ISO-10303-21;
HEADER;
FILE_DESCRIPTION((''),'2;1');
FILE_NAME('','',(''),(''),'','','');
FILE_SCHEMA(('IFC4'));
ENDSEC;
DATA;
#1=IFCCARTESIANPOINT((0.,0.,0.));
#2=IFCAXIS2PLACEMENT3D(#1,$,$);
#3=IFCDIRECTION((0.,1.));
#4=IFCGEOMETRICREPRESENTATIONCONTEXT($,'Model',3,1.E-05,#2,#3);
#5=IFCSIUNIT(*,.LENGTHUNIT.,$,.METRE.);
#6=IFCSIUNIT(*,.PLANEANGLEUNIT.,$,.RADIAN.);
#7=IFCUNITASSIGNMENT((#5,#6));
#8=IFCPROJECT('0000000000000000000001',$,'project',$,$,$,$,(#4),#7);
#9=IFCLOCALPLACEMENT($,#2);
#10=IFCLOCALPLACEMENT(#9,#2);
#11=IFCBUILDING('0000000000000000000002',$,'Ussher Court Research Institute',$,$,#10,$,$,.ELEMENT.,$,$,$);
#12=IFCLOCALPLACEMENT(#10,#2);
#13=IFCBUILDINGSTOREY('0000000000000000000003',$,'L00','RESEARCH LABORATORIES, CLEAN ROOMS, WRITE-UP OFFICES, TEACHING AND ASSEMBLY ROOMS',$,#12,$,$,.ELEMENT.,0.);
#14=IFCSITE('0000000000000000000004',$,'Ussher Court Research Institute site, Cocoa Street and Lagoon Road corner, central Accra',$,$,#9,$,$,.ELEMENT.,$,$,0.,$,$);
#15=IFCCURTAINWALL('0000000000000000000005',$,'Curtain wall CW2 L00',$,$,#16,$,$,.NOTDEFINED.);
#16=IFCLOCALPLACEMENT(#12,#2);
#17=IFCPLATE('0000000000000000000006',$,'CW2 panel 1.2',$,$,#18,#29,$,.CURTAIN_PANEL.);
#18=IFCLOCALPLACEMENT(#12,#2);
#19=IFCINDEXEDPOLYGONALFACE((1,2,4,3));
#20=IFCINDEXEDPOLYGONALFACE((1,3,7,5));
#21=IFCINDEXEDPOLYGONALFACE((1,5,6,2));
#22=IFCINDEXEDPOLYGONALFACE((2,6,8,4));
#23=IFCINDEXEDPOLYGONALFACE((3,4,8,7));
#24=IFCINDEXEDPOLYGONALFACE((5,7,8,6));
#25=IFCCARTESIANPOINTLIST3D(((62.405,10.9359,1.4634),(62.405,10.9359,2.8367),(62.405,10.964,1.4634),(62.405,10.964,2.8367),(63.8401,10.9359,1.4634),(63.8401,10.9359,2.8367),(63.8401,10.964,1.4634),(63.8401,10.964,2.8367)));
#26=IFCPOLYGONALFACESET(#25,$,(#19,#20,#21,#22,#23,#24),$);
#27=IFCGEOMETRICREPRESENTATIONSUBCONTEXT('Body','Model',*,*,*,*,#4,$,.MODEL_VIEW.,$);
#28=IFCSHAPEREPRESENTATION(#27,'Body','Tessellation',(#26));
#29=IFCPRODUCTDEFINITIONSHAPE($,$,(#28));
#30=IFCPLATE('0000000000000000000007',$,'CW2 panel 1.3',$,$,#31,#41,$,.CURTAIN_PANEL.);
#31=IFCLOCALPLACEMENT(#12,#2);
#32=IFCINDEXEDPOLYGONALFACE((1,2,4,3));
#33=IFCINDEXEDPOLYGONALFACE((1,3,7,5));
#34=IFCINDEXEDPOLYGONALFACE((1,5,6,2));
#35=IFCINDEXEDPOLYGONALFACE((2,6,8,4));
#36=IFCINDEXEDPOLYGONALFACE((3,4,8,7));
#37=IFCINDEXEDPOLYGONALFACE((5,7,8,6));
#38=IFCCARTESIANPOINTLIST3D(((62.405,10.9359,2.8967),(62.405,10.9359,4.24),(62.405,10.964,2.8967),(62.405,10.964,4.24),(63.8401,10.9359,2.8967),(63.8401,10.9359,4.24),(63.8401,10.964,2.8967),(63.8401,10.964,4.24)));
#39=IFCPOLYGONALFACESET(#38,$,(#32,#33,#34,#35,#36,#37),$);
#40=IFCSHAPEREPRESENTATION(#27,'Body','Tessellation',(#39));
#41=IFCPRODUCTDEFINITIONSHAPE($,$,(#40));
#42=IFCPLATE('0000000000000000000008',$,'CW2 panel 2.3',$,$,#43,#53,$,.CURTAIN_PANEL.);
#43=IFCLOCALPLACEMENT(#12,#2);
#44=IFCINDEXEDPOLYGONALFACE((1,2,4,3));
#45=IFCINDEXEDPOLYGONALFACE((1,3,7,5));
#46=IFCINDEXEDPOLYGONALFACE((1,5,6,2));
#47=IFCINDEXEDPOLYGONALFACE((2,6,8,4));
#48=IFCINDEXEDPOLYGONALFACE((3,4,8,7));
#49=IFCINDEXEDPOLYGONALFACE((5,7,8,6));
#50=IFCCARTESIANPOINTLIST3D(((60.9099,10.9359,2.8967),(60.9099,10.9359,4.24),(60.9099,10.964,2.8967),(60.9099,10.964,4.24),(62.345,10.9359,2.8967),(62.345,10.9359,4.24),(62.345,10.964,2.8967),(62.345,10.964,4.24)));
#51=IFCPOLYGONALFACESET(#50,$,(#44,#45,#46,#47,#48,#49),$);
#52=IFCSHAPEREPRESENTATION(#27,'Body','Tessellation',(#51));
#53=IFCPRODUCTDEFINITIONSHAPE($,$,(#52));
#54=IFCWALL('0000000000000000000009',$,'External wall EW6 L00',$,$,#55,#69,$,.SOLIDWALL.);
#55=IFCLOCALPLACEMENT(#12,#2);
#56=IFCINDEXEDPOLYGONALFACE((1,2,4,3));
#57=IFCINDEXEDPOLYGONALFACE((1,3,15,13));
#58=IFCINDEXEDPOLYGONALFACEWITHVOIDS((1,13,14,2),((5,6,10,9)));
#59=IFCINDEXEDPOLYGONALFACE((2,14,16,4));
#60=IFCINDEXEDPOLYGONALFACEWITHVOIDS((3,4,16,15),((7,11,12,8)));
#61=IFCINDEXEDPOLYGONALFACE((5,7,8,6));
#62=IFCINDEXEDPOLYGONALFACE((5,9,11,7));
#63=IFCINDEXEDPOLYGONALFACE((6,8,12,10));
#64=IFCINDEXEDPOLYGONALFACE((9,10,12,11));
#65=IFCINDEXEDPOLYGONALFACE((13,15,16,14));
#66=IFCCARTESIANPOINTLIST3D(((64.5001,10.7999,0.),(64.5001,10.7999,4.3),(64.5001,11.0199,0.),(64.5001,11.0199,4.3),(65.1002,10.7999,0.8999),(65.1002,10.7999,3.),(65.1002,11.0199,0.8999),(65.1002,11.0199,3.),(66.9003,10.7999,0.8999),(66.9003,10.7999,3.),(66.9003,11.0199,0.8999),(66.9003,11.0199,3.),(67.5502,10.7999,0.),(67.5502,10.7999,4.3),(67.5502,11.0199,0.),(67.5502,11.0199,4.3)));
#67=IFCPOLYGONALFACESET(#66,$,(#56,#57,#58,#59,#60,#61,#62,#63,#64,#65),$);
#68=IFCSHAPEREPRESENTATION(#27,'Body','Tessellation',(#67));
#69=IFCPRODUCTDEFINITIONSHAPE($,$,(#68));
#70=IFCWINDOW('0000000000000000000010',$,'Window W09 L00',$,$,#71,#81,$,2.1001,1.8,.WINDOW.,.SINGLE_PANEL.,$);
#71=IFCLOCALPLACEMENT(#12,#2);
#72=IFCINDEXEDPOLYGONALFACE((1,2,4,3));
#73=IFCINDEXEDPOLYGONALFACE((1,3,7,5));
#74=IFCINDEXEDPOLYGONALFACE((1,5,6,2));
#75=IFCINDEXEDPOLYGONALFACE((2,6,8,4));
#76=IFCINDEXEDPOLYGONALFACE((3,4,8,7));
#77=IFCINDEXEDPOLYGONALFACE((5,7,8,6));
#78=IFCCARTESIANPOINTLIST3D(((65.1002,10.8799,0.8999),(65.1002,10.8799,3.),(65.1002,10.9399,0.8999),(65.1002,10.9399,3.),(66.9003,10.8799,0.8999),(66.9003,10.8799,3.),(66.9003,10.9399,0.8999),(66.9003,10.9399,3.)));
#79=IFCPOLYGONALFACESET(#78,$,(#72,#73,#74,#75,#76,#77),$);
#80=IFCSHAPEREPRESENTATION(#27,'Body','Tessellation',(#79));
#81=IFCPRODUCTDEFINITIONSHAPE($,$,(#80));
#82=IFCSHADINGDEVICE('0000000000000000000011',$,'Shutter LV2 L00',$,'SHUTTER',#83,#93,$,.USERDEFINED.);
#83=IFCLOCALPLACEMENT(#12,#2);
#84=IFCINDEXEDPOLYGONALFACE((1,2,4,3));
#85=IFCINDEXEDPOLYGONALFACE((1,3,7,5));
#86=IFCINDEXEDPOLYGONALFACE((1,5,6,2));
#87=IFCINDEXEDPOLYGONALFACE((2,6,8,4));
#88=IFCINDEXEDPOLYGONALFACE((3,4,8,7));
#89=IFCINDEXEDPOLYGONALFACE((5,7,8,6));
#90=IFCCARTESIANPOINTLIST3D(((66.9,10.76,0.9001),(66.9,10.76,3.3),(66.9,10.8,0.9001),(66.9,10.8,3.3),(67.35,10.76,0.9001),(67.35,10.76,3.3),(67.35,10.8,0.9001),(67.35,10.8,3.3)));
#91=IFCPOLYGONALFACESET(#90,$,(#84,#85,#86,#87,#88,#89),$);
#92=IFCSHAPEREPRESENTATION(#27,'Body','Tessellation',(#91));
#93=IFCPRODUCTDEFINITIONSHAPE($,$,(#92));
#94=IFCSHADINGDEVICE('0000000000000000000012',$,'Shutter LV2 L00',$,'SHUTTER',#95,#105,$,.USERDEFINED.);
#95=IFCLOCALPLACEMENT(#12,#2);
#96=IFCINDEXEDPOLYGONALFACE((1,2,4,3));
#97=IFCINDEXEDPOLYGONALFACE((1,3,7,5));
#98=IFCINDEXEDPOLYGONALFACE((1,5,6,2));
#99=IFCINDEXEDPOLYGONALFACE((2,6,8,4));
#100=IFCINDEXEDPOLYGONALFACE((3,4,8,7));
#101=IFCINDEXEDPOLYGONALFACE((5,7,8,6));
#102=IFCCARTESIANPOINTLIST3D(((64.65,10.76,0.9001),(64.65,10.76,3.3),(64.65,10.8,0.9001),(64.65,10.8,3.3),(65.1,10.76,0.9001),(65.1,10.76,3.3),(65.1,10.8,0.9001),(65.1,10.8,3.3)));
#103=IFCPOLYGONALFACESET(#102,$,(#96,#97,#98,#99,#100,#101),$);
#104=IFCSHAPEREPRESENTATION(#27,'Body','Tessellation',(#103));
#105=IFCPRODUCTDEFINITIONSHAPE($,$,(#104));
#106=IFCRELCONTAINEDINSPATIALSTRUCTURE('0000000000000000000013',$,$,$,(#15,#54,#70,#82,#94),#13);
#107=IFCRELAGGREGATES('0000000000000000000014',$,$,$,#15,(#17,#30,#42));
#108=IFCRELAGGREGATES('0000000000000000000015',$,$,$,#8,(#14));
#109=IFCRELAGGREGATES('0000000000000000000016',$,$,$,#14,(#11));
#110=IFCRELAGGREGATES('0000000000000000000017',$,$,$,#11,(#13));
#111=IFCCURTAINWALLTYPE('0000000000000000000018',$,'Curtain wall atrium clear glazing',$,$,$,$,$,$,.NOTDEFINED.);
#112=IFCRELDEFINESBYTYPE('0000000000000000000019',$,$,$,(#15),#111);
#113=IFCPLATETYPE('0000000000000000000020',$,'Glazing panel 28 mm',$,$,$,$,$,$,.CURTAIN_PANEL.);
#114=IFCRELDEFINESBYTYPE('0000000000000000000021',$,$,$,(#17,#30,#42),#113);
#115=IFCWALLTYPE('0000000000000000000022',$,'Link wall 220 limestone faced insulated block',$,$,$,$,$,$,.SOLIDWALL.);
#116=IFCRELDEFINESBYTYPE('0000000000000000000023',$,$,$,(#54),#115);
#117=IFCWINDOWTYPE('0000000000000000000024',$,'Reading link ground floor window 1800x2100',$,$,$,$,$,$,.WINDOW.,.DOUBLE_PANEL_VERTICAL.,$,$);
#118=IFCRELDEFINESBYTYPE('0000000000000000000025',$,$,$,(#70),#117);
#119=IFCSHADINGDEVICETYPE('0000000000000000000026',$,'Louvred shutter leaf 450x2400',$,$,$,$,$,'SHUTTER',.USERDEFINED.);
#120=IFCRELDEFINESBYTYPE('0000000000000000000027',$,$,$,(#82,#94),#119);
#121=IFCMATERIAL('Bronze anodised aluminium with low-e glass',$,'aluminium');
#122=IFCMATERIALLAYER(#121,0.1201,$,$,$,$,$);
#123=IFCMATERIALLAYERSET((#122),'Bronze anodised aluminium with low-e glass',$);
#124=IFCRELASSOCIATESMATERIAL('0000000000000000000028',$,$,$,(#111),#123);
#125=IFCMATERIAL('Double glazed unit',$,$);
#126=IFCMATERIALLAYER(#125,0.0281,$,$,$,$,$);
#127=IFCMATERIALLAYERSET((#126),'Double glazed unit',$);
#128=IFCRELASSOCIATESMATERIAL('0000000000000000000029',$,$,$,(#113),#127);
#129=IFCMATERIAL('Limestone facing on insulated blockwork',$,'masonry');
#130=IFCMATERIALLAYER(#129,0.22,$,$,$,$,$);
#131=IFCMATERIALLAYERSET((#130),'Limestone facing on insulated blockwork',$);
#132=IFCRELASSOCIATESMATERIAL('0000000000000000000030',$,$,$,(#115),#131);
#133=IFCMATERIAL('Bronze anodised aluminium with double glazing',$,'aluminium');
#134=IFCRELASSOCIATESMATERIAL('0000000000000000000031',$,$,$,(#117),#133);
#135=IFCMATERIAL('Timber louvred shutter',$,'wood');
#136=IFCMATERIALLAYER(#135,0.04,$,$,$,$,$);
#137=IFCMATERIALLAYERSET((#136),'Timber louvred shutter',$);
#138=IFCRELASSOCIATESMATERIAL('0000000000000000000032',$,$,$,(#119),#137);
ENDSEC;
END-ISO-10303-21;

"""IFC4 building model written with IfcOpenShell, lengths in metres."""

from ifc_helpers import new_model, si_unit, direction, frame, frame_2d, origin, origin_2d, place, context, subcontext, project, spatial, rectangle, extrude, material, layer, layer_set, type_object, element, fill, aggregate, save


model = new_model("IFC4")

# Units and contexts
model_context = context("Model", 3, precision=1e-05, world=origin(), true_north=direction((0.0, 1.0)))
body_context = subcontext(model_context, "Body", "Model", "MODEL_VIEW")
ifc_project = project(units=[si_unit("LENGTHUNIT", "METRE"), si_unit("PLANEANGLEUNIT", "RADIAN")], contexts=[model_context])

# Site, building, storey
site_placement = place(None, origin())
site = spatial("IfcSite", under=ifc_project, at=site_placement, Name="Ussher Court Research Institute site, Cocoa Street and Lagoon Road corner, central Accra", CompositionType="ELEMENT", RefElevation=0.0)
building_placement = place(site_placement, origin())
building = spatial("IfcBuilding", under=site, at=building_placement, Name="Ussher Court Research Institute", CompositionType="ELEMENT")
storey_placement = place(building_placement, origin())
storey = spatial("IfcBuildingStorey", under=building, at=storey_placement, Name="L00", Description="RESEARCH LABORATORIES, CLEAN ROOMS, WRITE-UP OFFICES, TEACHING AND ASSEMBLY ROOMS", CompositionType="ELEMENT", Elevation=0.0)

# Curtain wall, plates
ifc_material_1 = material(Name="Bronze anodised aluminium with low-e glass", Category="aluminium")
ifc_layer_1 = layer(ifc_material_1, 0.1201)
ifc_layer_set_1 = layer_set([ifc_layer_1], Name="Bronze anodised aluminium with low-e glass")
curtain_wall_type = type_object("IfcCurtainWallType", Name="Curtain wall atrium clear glazing", PredefinedType="NOTDEFINED", material=ifc_layer_set_1)
curtain_wall_placement = place(storey_placement, origin())
curtain_wall = element("IfcCurtainWall", 1, at=curtain_wall_placement, inside=storey, type_object=curtain_wall_type, Name="Curtain wall CW2 L00", PredefinedType="NOTDEFINED")
ifc_material_2 = material(Name="Double glazed unit")
ifc_layer_2 = layer(ifc_material_2, 0.0281)
ifc_layer_set_2 = layer_set([ifc_layer_2], Name="Double glazed unit")
plate_type = type_object("IfcPlateType", Name="Glazing panel 28 mm", PredefinedType="CURTAIN_PANEL", material=ifc_layer_set_2)
plate_1_placement = place(storey_placement, frame((63.1226, 10.95, 1.4634), z_axis=(0.0, 0.0, 1.0), x_axis=(-1.0, 0.0, 0.0)))
plate_1 = element("IfcPlate", 2, at=plate_1_placement, type_object=plate_type, Name="CW2 panel 1.2", PredefinedType="CURTAIN_PANEL", context=body_context, shape_type="SweptSolid", body=[
    extrude(rectangle(XDim=1.4351, YDim=0.0281, at=origin_2d()), origin(), (0.0, 0.0, 1.0), 1.3733),
])
plate_2_placement = place(storey_placement, frame((63.1226, 10.95, 2.8967), z_axis=(0.0, 0.0, 1.0), x_axis=(-1.0, 0.0, 0.0)))
plate_2 = element("IfcPlate", 3, at=plate_2_placement, type_object=plate_type, Name="CW2 panel 1.3", PredefinedType="CURTAIN_PANEL", context=body_context, shape_type="SweptSolid", body=[
    extrude(rectangle(XDim=1.4351, YDim=0.0281, at=origin_2d()), origin(), (0.0, 0.0, 1.0), 1.3433),
])
plate_3_placement = place(storey_placement, frame((61.6274, 10.95, 2.8967), z_axis=(0.0, 0.0, 1.0), x_axis=(-1.0, 0.0, 0.0)))
plate_3 = element("IfcPlate", 4, at=plate_3_placement, type_object=plate_type, Name="CW2 panel 2.3", PredefinedType="CURTAIN_PANEL", context=body_context, shape_type="SweptSolid", body=[
    extrude(rectangle(XDim=1.4351, YDim=0.0281, at=origin_2d()), origin(), (0.0, 0.0, 1.0), 1.3433),
])
aggregate(curtain_wall, [plate_1, plate_2, plate_3])

# Wall, opening, window
ifc_material_3 = material(Name="Limestone facing on insulated blockwork", Category="masonry")
ifc_layer_3 = layer(ifc_material_3, 0.22)
ifc_layer_set_3 = layer_set([ifc_layer_3], Name="Limestone facing on insulated blockwork")
wall_type = type_object("IfcWallType", Name="Link wall 220 limestone faced insulated block", PredefinedType="SOLIDWALL", material=ifc_layer_set_3)
wall_placement = place(storey_placement, frame((67.55, 10.9099, 0.0), z_axis=(0.0, 0.0, 1.0), x_axis=(-1.0, 0.0, 0.0)))
wall = element("IfcWall", 5, at=wall_placement, inside=storey, type_object=wall_type, Name="External wall EW6 L00", PredefinedType="SOLIDWALL", context=body_context, shape_type="SweptSolid", body=[
    extrude(rectangle(XDim=3.05, YDim=0.22, at=frame_2d((1.5249, 0.0))), origin(), (0.0, 0.0, 1.0), 4.3),
])
opening_placement = place(wall_placement, frame((0.6499, 0.0, 0.8999)))
opening = element("IfcOpeningElement", 6, at=opening_placement, cuts=wall, PredefinedType="OPENING", context=body_context, shape_type="SweptSolid", body=[
    extrude(rectangle(XDim=1.8, YDim=2.1001, at=frame_2d((0.8999, 1.05))), frame((0.0, 0.1201, 0.0), z_axis=(0.0, -1.0, 0.0), x_axis=(1.0, 0.0, 0.0)), (0.0, 0.0, 1.0), 0.24),
])
ifc_material_4 = material(Name="Bronze anodised aluminium with double glazing", Category="aluminium")
window_type = type_object("IfcWindowType", Name="Reading link ground floor window 1800x2100", PartitioningType="DOUBLE_PANEL_VERTICAL", PredefinedType="WINDOW", material=ifc_material_4)
window_placement = place(opening_placement, origin())
window = element("IfcWindow", 7, at=window_placement, inside=storey, type_object=window_type, Name="Window W09 L00", OverallHeight=2.1001, OverallWidth=1.8, PartitioningType="SINGLE_PANEL", PredefinedType="WINDOW", context=body_context, shape_type="SweptSolid", body=[
    extrude(rectangle(XDim=1.8, YDim=2.1001, at=frame_2d((0.8999, 1.05))), frame((0.0, 0.03, 0.0), z_axis=(0.0, -1.0, 0.0), x_axis=(1.0, 0.0, 0.0)), (0.0, 0.0, 1.0), 0.0601),
])
fill(opening, window)

# Shading devices
ifc_material_5 = material(Name="Timber louvred shutter", Category="wood")
ifc_layer_4 = layer(ifc_material_5, 0.04)
ifc_layer_set_4 = layer_set([ifc_layer_4], Name="Timber louvred shutter")
shading_device_type = type_object("IfcShadingDeviceType", Name="Louvred shutter leaf 450x2400", ElementType="SHUTTER", PredefinedType="USERDEFINED", material=ifc_layer_set_4)
for number, where, z_axis, x_axis, name in (
    (8, (67.125, 10.78, 0.9001), (0.0, 0.0, 1.0), (-1.0, 0.0, 0.0), "Shutter LV2 L00"),
    (9, (64.875, 10.78, 0.9001), (0.0, 0.0, 1.0), (-1.0, 0.0, 0.0), "Shutter LV2 L00"),
):
    element("IfcShadingDevice", number, at=place(storey_placement, frame(where, z_axis=z_axis, x_axis=x_axis)), inside=storey, type_object=shading_device_type, Name=name, ObjectType="SHUTTER", PredefinedType="USERDEFINED", context=body_context, shape_type="SweptSolid", body=[
        extrude(rectangle(XDim=0.45, YDim=0.04, at=origin_2d()), origin(), (0.0, 0.0, 1.0), 2.3999),
    ])

save(model, "model.ifc")
